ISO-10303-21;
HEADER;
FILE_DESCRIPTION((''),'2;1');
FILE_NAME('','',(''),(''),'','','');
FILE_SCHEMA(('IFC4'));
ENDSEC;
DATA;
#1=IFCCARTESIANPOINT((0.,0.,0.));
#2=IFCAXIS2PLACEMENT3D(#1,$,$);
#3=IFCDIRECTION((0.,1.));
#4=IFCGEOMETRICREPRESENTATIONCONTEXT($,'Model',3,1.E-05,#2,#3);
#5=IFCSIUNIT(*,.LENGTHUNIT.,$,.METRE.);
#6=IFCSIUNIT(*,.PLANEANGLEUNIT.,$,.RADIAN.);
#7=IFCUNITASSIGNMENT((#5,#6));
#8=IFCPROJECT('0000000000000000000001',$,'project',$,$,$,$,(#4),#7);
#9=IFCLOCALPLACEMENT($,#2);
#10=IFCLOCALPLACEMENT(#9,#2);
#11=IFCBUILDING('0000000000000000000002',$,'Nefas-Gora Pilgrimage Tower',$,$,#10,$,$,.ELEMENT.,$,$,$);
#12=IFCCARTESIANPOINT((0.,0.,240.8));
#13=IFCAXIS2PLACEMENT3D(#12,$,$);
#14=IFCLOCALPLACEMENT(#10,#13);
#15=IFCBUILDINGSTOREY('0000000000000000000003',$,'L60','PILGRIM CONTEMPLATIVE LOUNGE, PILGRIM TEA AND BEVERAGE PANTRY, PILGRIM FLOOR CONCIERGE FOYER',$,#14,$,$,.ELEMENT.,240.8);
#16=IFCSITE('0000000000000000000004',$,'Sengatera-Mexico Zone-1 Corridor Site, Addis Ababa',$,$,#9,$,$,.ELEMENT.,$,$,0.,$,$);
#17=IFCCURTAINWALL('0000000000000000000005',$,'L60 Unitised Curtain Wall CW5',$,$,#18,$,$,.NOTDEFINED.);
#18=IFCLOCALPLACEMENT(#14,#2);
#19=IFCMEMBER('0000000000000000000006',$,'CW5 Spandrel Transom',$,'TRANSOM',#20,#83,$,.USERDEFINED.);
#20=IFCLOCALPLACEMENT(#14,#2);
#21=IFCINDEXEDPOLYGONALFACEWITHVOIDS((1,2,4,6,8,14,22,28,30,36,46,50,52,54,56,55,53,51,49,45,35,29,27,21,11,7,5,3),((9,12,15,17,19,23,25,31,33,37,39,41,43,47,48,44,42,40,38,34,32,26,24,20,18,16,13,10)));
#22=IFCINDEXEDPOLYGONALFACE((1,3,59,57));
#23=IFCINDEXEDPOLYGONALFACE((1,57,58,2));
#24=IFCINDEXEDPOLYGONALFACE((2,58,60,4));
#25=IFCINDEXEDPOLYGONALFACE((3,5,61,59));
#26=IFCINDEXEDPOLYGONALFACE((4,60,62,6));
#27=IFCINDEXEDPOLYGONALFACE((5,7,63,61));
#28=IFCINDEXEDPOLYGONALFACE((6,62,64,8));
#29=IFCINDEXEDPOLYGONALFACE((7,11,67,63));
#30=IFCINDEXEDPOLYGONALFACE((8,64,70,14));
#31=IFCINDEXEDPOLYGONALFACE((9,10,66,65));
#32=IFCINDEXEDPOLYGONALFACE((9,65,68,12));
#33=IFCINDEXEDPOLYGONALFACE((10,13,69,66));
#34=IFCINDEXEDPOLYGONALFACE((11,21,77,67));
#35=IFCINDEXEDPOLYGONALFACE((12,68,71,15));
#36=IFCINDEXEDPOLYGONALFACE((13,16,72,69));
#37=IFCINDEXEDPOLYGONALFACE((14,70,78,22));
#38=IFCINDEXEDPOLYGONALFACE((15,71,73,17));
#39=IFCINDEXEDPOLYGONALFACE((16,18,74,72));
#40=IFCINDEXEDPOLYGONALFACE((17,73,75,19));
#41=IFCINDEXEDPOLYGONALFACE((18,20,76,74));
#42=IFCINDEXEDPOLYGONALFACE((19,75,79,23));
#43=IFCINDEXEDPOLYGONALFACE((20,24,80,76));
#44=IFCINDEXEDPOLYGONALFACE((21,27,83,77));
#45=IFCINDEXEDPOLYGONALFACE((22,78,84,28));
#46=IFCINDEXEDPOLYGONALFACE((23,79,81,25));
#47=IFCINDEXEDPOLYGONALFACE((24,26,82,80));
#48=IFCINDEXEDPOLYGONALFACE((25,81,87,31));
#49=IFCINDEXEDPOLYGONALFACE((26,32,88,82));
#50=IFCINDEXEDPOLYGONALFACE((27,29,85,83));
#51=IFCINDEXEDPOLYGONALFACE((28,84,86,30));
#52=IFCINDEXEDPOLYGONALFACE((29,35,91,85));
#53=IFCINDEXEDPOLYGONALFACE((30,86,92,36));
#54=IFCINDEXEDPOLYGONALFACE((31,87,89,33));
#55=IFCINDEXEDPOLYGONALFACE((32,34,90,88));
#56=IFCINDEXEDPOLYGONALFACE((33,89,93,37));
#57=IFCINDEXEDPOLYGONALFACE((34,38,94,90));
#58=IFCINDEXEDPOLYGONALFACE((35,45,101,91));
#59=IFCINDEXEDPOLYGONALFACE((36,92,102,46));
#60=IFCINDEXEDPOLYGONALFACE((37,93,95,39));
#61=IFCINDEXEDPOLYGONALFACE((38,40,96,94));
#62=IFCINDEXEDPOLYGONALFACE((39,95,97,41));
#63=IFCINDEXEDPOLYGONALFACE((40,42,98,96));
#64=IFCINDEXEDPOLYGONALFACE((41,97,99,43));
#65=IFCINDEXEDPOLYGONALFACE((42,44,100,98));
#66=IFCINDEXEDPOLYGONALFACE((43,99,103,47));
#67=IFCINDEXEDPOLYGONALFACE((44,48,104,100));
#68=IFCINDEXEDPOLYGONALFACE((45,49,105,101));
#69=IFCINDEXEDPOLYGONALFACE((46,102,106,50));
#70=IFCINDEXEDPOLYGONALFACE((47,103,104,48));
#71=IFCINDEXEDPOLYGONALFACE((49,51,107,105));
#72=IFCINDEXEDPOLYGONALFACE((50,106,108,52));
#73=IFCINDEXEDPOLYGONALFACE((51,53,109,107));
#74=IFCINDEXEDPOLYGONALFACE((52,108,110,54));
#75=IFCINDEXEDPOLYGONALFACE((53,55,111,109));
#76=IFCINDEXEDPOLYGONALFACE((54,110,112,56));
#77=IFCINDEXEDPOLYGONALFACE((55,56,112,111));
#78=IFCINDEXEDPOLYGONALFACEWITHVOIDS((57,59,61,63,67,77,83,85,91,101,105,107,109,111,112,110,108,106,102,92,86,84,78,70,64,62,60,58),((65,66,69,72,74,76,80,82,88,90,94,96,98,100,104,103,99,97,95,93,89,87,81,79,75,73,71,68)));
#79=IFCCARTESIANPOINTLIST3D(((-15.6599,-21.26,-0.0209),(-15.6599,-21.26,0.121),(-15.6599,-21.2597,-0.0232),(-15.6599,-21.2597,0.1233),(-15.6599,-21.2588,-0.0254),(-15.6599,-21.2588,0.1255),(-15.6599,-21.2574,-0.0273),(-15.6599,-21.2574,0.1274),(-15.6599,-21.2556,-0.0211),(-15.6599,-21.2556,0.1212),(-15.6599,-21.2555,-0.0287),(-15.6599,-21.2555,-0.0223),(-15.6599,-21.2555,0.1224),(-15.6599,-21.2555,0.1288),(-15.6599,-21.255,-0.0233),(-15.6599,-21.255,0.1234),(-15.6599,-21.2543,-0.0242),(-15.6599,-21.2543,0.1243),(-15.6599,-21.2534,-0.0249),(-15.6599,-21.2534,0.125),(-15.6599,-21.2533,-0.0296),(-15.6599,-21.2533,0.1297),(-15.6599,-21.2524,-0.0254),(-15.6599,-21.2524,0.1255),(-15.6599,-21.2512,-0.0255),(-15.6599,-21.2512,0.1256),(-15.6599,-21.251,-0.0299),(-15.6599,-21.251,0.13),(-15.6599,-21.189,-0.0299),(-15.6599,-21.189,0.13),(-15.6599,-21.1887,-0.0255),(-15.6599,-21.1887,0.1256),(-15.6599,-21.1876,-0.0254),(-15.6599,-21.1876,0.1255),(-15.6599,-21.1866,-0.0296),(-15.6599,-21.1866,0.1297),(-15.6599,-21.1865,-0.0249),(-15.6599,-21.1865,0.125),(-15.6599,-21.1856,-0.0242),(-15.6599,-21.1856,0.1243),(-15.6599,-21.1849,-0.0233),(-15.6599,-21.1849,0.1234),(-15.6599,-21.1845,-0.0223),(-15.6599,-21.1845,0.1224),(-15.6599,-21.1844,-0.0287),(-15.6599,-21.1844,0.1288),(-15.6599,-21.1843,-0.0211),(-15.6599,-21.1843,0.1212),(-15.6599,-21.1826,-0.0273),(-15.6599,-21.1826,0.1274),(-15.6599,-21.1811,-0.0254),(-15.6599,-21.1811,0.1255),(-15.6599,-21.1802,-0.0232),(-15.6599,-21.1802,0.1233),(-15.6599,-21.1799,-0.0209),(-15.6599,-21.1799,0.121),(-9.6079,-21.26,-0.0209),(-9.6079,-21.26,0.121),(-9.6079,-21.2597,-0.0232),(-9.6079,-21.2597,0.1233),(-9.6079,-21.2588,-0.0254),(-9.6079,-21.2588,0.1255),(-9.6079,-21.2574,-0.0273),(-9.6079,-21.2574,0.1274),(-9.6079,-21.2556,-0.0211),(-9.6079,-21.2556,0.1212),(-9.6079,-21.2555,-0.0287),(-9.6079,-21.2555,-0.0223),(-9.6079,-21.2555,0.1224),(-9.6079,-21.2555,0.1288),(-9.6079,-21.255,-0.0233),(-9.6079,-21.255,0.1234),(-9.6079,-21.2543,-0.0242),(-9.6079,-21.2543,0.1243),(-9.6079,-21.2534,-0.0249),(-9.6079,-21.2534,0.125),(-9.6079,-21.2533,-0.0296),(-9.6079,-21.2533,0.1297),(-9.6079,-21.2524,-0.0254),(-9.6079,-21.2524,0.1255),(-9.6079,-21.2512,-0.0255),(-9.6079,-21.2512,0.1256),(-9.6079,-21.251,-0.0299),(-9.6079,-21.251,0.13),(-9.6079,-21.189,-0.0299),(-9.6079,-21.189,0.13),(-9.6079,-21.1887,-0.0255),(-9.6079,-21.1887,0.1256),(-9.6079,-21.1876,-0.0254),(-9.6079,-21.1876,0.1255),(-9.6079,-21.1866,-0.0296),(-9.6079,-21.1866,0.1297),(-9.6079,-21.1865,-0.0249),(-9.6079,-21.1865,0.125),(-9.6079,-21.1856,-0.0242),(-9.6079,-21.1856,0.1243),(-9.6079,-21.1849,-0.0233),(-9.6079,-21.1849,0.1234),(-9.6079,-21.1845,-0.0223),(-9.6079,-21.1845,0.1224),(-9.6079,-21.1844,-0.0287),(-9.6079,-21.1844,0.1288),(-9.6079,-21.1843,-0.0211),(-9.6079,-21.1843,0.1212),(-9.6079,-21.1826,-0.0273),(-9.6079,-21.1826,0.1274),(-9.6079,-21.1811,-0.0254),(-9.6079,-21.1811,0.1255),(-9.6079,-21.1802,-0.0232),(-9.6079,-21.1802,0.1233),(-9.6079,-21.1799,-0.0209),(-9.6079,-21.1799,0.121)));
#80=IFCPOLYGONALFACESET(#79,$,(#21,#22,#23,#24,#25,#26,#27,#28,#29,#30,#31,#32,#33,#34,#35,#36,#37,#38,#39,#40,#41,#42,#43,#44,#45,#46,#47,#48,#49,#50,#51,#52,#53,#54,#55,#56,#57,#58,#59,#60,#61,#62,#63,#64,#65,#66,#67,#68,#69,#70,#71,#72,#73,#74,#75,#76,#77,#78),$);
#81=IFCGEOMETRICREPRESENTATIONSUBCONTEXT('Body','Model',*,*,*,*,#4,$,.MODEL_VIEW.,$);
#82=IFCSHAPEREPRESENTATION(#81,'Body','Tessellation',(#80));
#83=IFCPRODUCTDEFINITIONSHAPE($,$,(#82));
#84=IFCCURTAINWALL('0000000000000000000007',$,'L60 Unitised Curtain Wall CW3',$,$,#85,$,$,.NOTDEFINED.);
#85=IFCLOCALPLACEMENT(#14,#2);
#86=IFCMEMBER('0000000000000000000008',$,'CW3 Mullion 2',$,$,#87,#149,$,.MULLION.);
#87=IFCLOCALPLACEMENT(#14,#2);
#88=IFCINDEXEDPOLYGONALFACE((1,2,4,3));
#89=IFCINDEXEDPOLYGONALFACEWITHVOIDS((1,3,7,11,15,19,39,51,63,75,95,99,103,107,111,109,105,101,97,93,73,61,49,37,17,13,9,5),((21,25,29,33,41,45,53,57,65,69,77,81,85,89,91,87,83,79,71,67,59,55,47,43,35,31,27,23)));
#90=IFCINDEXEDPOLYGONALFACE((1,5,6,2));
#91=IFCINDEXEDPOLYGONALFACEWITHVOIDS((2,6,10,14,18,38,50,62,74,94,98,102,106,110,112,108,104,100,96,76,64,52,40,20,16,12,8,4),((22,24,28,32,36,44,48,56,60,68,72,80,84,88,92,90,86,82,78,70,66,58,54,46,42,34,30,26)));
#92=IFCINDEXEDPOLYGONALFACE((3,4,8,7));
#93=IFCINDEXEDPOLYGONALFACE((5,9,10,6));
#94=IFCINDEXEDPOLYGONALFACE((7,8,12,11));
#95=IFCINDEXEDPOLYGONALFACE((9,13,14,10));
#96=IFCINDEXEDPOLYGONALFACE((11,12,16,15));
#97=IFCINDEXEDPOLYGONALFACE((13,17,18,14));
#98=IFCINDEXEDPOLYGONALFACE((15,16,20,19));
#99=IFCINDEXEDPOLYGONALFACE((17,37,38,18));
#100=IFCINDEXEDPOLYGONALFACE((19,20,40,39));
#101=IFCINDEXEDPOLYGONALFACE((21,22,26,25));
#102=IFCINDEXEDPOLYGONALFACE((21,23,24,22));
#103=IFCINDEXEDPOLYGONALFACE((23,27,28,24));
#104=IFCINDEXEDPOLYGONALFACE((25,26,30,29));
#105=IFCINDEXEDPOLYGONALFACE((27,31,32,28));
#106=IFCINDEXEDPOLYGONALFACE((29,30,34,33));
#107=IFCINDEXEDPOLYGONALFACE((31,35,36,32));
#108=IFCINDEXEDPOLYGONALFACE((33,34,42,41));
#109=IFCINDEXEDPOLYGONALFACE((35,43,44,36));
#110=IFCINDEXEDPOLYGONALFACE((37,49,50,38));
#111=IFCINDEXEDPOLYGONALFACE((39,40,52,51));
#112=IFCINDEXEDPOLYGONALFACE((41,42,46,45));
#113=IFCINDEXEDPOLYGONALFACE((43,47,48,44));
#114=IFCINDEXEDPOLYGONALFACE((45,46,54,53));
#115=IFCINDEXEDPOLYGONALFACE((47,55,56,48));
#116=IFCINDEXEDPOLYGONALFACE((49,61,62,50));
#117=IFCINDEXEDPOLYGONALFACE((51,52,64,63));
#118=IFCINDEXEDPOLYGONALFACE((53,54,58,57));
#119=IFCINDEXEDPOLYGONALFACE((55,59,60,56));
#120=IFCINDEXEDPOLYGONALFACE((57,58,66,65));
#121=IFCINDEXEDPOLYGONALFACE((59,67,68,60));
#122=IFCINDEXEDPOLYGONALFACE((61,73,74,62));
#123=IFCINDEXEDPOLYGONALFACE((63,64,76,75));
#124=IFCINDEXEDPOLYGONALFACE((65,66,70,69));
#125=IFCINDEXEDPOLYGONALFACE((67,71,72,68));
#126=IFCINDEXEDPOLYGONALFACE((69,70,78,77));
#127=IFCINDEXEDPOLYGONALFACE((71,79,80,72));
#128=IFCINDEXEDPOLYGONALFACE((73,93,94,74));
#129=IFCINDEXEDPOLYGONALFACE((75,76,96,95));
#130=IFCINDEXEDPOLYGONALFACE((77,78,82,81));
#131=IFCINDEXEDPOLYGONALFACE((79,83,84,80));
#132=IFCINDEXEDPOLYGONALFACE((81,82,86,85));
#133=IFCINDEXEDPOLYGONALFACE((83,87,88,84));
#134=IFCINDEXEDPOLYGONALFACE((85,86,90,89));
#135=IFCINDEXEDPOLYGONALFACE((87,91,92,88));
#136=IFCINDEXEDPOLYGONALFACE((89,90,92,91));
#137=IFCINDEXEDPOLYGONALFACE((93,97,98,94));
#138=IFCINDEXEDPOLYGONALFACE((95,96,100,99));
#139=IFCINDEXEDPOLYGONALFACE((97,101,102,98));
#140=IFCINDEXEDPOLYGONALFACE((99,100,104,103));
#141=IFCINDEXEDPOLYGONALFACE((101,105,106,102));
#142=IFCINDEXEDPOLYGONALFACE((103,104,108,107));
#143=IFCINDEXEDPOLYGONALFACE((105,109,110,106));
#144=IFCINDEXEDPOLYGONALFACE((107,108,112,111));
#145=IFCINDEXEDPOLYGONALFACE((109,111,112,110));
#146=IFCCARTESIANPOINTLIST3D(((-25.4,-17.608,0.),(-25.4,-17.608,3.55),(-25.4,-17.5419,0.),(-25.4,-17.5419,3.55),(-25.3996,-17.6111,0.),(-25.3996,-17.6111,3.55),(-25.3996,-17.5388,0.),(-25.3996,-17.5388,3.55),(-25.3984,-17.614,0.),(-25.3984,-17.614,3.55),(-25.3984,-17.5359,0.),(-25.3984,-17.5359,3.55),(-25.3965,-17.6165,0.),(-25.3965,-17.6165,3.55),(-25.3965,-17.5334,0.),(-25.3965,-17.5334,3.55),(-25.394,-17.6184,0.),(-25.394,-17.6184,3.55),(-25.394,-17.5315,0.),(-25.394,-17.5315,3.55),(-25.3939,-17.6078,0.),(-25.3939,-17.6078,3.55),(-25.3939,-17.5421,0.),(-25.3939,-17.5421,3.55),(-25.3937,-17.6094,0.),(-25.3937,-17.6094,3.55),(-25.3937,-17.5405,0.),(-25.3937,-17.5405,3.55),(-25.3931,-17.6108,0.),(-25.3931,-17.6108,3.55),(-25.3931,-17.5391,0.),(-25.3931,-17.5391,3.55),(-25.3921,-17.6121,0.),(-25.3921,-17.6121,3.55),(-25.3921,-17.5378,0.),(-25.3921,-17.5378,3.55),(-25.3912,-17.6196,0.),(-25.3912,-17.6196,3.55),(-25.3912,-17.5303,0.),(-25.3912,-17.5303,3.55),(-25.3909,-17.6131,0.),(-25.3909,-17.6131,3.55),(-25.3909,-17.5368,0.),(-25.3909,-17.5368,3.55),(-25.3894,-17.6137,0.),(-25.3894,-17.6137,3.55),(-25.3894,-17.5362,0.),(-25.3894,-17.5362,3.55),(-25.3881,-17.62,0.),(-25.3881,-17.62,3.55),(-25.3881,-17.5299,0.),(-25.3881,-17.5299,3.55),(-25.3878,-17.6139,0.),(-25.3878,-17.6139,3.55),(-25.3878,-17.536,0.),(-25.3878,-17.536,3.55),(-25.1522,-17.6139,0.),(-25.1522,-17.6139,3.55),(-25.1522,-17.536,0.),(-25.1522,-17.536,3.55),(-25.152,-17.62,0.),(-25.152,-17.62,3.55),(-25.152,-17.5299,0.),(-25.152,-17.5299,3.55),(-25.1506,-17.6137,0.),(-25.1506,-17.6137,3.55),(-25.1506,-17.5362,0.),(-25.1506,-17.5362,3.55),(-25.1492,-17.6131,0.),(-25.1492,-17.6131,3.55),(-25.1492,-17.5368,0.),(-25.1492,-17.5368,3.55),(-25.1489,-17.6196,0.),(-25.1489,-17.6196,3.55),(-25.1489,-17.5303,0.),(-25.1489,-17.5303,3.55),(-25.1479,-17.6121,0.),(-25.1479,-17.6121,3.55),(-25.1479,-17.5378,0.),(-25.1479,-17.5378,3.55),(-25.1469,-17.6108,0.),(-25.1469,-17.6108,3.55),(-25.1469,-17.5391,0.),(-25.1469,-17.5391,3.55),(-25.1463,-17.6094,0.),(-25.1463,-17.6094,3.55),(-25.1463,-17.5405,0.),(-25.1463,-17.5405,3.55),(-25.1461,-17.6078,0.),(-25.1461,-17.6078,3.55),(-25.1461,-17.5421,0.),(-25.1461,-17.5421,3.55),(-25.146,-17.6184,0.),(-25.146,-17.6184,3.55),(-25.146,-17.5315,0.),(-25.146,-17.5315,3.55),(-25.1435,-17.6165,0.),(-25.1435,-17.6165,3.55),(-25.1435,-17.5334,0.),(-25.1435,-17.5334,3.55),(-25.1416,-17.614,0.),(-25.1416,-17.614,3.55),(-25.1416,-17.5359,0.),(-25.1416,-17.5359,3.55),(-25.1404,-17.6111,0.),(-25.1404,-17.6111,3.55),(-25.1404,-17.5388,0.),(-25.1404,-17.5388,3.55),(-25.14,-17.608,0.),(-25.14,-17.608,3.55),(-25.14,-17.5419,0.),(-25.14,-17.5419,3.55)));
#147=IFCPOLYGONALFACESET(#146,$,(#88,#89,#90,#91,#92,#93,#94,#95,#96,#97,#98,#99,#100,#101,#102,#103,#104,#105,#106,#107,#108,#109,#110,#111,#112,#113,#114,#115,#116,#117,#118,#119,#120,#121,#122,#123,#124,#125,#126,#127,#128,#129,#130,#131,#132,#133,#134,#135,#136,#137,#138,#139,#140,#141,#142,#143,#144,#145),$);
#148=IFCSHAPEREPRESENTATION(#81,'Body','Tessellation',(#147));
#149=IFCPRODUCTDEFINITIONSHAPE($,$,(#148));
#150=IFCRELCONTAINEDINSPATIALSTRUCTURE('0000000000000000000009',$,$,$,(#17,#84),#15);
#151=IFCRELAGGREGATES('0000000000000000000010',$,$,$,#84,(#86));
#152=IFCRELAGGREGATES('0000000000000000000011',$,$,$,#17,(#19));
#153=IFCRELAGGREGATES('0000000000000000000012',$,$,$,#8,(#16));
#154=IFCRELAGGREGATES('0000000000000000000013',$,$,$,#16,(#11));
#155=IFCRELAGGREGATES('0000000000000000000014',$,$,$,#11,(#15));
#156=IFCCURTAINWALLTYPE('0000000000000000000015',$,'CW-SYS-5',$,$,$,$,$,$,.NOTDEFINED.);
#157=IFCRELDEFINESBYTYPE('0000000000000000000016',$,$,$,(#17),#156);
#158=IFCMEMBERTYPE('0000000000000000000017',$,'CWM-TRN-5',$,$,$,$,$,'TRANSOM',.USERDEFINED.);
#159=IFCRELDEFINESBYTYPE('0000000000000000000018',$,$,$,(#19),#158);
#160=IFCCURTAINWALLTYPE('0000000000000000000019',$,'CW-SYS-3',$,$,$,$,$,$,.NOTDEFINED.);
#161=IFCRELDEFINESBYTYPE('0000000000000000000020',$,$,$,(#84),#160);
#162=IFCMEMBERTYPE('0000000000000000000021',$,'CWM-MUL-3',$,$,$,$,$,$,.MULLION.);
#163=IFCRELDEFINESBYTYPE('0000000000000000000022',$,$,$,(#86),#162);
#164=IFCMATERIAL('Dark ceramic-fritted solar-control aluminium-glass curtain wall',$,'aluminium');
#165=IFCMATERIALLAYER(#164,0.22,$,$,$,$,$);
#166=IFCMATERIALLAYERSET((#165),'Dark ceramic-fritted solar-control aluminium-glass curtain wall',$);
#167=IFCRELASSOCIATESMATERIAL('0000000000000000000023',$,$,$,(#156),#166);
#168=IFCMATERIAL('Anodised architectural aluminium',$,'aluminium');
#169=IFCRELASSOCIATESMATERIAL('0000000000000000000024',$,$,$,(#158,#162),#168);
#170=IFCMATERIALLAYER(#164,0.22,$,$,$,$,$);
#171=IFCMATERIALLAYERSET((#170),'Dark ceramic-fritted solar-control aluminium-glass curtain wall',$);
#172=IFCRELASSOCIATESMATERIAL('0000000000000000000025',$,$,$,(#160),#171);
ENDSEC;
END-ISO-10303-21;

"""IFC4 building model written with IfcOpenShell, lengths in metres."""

from ifc_helpers import new_model, si_unit, direction, frame, origin, origin_2d, place, context, subcontext, project, spatial, hollow_rectangle, extrude, source, transform, mapped, material, layer, layer_set, material_profile, profile_set, type_object, element, aggregate, save


model = new_model("IFC4")

# Units and contexts
model_context = context("Model", 3, precision=1e-05, world=origin(), true_north=direction((0.0, 1.0)))
body_context = subcontext(model_context, "Body", "Model", "MODEL_VIEW")
ifc_project = project(units=[si_unit("LENGTHUNIT", "METRE"), si_unit("PLANEANGLEUNIT", "RADIAN")], contexts=[model_context])

# Site, building, storey
site_placement = place(None, origin())
site = spatial("IfcSite", under=ifc_project, at=site_placement, Name="Sengatera-Mexico Zone-1 Corridor Site, Addis Ababa", CompositionType="ELEMENT", RefElevation=0.0)
building_placement = place(site_placement, origin())
building = spatial("IfcBuilding", under=site, at=building_placement, Name="Nefas-Gora Pilgrimage Tower", CompositionType="ELEMENT")
storey_placement = place(building_placement, frame((0.0, 0.0, 240.8)))
storey = spatial("IfcBuildingStorey", under=building, at=storey_placement, Name="L60", Description="PILGRIM CONTEMPLATIVE LOUNGE, PILGRIM TEA AND BEVERAGE PANTRY, PILGRIM FLOOR CONCIERGE FOYER", CompositionType="ELEMENT", Elevation=240.8)

# Curtain wall, member
ifc_material_1 = material(Name="Dark ceramic-fritted solar-control aluminium-glass curtain wall", Category="aluminium")
ifc_layer_1 = layer(ifc_material_1, 0.22)
ifc_layer_set_1 = layer_set([ifc_layer_1], Name="Dark ceramic-fritted solar-control aluminium-glass curtain wall")
curtain_wall_type_1 = type_object("IfcCurtainWallType", Name="CW-SYS-5", PredefinedType="NOTDEFINED", material=ifc_layer_set_1)
curtain_wall_1_placement = place(storey_placement, origin())
curtain_wall_1 = element("IfcCurtainWall", 1, at=curtain_wall_1_placement, inside=storey, type_object=curtain_wall_type_1, Name="L60 Unitised Curtain Wall CW5", PredefinedType="NOTDEFINED")
ifc_material_2 = material(Name="Anodised architectural aluminium", Category="aluminium")
ifc_material_profile_1 = material_profile(ifc_material_2, hollow_rectangle(XDim=0.0801, YDim=0.1599, WallThickness=0.0044, InnerFilletRadius=0.0044, OuterFilletRadius=0.009, at=origin_2d()), Name="ALU TRANSOM 80x160")
ifc_profile_set_1 = profile_set([ifc_material_profile_1], Name="Anodised architectural aluminium")
member_type_1 = type_object("IfcMemberType", Name="CWM-TRN-5", ElementType="TRANSOM", PredefinedType="USERDEFINED", material=ifc_profile_set_1)
shared_shape_1 = source(origin(), body_context, "Body", "SweptSolid", [
    extrude(hollow_rectangle(XDim=0.0801, YDim=0.1599, WallThickness=0.0044, InnerFilletRadius=0.0044, OuterFilletRadius=0.009, at=origin_2d()), origin(), (0.0, 0.0, 1.0), 6.052),
])
member_1_placement = place(storey_placement, frame((-15.6599, -21.22, 0.05), z_axis=(1.0, 0.0, 0.0), x_axis=(0.0, 1.0, 0.0)))
member_1 = element("IfcMember", 2, at=member_1_placement, type_object=member_type_1, Name="CW5 Spandrel Transom", ObjectType="TRANSOM", PredefinedType="USERDEFINED", context=body_context, shape_type="MappedRepresentation", body=[
    mapped(shared_shape_1, transform((0.0, 0.0, 0.0), x_axis=(1.0, 0.0, 0.0), y_axis=(0.0, 1.0, 0.0), z_axis=(0.0, 0.0, 1.0), scale=1.0)),
])

# Curtain wall, member
ifc_layer_2 = layer(ifc_material_1, 0.22)
ifc_layer_set_2 = layer_set([ifc_layer_2], Name="Dark ceramic-fritted solar-control aluminium-glass curtain wall")
curtain_wall_type_2 = type_object("IfcCurtainWallType", Name="CW-SYS-3", PredefinedType="NOTDEFINED", material=ifc_layer_set_2)
curtain_wall_2_placement = place(storey_placement, origin())
curtain_wall_2 = element("IfcCurtainWall", 3, at=curtain_wall_2_placement, inside=storey, type_object=curtain_wall_type_2, Name="L60 Unitised Curtain Wall CW3", PredefinedType="NOTDEFINED")
ifc_material_profile_2 = material_profile(ifc_material_2, hollow_rectangle(XDim=0.0901, YDim=0.26, WallThickness=0.0061, InnerFilletRadius=0.0061, OuterFilletRadius=0.012, at=origin_2d()), Name="ALU MULLION 90x260")
ifc_profile_set_2 = profile_set([ifc_material_profile_2], Name="Anodised architectural aluminium")
member_type_2 = type_object("IfcMemberType", Name="CWM-MUL-3", PredefinedType="MULLION", material=ifc_profile_set_2)
shared_shape_2 = source(origin(), body_context, "Body", "SweptSolid", [
    extrude(hollow_rectangle(XDim=0.0901, YDim=0.26, WallThickness=0.0061, InnerFilletRadius=0.0061, OuterFilletRadius=0.012, at=origin_2d()), origin(), (0.0, 0.0, 1.0), 3.55),
])
member_2_placement = place(storey_placement, frame((-25.27, -17.575, 0.0), z_axis=(0.0, 0.0, 1.0), x_axis=(0.0, -1.0, 0.0)))
member_2 = element("IfcMember", 4, at=member_2_placement, type_object=member_type_2, Name="CW3 Mullion 2", PredefinedType="MULLION", context=body_context, shape_type="MappedRepresentation", body=[
    mapped(shared_shape_2, transform((0.0, 0.0, 0.0), x_axis=(1.0, 0.0, 0.0), y_axis=(0.0, 1.0, 0.0), z_axis=(0.0, 0.0, 1.0), scale=1.0)),
])
aggregate(curtain_wall_2, [member_2])

aggregate(curtain_wall_1, [member_1])

save(model, "model.ifc")
